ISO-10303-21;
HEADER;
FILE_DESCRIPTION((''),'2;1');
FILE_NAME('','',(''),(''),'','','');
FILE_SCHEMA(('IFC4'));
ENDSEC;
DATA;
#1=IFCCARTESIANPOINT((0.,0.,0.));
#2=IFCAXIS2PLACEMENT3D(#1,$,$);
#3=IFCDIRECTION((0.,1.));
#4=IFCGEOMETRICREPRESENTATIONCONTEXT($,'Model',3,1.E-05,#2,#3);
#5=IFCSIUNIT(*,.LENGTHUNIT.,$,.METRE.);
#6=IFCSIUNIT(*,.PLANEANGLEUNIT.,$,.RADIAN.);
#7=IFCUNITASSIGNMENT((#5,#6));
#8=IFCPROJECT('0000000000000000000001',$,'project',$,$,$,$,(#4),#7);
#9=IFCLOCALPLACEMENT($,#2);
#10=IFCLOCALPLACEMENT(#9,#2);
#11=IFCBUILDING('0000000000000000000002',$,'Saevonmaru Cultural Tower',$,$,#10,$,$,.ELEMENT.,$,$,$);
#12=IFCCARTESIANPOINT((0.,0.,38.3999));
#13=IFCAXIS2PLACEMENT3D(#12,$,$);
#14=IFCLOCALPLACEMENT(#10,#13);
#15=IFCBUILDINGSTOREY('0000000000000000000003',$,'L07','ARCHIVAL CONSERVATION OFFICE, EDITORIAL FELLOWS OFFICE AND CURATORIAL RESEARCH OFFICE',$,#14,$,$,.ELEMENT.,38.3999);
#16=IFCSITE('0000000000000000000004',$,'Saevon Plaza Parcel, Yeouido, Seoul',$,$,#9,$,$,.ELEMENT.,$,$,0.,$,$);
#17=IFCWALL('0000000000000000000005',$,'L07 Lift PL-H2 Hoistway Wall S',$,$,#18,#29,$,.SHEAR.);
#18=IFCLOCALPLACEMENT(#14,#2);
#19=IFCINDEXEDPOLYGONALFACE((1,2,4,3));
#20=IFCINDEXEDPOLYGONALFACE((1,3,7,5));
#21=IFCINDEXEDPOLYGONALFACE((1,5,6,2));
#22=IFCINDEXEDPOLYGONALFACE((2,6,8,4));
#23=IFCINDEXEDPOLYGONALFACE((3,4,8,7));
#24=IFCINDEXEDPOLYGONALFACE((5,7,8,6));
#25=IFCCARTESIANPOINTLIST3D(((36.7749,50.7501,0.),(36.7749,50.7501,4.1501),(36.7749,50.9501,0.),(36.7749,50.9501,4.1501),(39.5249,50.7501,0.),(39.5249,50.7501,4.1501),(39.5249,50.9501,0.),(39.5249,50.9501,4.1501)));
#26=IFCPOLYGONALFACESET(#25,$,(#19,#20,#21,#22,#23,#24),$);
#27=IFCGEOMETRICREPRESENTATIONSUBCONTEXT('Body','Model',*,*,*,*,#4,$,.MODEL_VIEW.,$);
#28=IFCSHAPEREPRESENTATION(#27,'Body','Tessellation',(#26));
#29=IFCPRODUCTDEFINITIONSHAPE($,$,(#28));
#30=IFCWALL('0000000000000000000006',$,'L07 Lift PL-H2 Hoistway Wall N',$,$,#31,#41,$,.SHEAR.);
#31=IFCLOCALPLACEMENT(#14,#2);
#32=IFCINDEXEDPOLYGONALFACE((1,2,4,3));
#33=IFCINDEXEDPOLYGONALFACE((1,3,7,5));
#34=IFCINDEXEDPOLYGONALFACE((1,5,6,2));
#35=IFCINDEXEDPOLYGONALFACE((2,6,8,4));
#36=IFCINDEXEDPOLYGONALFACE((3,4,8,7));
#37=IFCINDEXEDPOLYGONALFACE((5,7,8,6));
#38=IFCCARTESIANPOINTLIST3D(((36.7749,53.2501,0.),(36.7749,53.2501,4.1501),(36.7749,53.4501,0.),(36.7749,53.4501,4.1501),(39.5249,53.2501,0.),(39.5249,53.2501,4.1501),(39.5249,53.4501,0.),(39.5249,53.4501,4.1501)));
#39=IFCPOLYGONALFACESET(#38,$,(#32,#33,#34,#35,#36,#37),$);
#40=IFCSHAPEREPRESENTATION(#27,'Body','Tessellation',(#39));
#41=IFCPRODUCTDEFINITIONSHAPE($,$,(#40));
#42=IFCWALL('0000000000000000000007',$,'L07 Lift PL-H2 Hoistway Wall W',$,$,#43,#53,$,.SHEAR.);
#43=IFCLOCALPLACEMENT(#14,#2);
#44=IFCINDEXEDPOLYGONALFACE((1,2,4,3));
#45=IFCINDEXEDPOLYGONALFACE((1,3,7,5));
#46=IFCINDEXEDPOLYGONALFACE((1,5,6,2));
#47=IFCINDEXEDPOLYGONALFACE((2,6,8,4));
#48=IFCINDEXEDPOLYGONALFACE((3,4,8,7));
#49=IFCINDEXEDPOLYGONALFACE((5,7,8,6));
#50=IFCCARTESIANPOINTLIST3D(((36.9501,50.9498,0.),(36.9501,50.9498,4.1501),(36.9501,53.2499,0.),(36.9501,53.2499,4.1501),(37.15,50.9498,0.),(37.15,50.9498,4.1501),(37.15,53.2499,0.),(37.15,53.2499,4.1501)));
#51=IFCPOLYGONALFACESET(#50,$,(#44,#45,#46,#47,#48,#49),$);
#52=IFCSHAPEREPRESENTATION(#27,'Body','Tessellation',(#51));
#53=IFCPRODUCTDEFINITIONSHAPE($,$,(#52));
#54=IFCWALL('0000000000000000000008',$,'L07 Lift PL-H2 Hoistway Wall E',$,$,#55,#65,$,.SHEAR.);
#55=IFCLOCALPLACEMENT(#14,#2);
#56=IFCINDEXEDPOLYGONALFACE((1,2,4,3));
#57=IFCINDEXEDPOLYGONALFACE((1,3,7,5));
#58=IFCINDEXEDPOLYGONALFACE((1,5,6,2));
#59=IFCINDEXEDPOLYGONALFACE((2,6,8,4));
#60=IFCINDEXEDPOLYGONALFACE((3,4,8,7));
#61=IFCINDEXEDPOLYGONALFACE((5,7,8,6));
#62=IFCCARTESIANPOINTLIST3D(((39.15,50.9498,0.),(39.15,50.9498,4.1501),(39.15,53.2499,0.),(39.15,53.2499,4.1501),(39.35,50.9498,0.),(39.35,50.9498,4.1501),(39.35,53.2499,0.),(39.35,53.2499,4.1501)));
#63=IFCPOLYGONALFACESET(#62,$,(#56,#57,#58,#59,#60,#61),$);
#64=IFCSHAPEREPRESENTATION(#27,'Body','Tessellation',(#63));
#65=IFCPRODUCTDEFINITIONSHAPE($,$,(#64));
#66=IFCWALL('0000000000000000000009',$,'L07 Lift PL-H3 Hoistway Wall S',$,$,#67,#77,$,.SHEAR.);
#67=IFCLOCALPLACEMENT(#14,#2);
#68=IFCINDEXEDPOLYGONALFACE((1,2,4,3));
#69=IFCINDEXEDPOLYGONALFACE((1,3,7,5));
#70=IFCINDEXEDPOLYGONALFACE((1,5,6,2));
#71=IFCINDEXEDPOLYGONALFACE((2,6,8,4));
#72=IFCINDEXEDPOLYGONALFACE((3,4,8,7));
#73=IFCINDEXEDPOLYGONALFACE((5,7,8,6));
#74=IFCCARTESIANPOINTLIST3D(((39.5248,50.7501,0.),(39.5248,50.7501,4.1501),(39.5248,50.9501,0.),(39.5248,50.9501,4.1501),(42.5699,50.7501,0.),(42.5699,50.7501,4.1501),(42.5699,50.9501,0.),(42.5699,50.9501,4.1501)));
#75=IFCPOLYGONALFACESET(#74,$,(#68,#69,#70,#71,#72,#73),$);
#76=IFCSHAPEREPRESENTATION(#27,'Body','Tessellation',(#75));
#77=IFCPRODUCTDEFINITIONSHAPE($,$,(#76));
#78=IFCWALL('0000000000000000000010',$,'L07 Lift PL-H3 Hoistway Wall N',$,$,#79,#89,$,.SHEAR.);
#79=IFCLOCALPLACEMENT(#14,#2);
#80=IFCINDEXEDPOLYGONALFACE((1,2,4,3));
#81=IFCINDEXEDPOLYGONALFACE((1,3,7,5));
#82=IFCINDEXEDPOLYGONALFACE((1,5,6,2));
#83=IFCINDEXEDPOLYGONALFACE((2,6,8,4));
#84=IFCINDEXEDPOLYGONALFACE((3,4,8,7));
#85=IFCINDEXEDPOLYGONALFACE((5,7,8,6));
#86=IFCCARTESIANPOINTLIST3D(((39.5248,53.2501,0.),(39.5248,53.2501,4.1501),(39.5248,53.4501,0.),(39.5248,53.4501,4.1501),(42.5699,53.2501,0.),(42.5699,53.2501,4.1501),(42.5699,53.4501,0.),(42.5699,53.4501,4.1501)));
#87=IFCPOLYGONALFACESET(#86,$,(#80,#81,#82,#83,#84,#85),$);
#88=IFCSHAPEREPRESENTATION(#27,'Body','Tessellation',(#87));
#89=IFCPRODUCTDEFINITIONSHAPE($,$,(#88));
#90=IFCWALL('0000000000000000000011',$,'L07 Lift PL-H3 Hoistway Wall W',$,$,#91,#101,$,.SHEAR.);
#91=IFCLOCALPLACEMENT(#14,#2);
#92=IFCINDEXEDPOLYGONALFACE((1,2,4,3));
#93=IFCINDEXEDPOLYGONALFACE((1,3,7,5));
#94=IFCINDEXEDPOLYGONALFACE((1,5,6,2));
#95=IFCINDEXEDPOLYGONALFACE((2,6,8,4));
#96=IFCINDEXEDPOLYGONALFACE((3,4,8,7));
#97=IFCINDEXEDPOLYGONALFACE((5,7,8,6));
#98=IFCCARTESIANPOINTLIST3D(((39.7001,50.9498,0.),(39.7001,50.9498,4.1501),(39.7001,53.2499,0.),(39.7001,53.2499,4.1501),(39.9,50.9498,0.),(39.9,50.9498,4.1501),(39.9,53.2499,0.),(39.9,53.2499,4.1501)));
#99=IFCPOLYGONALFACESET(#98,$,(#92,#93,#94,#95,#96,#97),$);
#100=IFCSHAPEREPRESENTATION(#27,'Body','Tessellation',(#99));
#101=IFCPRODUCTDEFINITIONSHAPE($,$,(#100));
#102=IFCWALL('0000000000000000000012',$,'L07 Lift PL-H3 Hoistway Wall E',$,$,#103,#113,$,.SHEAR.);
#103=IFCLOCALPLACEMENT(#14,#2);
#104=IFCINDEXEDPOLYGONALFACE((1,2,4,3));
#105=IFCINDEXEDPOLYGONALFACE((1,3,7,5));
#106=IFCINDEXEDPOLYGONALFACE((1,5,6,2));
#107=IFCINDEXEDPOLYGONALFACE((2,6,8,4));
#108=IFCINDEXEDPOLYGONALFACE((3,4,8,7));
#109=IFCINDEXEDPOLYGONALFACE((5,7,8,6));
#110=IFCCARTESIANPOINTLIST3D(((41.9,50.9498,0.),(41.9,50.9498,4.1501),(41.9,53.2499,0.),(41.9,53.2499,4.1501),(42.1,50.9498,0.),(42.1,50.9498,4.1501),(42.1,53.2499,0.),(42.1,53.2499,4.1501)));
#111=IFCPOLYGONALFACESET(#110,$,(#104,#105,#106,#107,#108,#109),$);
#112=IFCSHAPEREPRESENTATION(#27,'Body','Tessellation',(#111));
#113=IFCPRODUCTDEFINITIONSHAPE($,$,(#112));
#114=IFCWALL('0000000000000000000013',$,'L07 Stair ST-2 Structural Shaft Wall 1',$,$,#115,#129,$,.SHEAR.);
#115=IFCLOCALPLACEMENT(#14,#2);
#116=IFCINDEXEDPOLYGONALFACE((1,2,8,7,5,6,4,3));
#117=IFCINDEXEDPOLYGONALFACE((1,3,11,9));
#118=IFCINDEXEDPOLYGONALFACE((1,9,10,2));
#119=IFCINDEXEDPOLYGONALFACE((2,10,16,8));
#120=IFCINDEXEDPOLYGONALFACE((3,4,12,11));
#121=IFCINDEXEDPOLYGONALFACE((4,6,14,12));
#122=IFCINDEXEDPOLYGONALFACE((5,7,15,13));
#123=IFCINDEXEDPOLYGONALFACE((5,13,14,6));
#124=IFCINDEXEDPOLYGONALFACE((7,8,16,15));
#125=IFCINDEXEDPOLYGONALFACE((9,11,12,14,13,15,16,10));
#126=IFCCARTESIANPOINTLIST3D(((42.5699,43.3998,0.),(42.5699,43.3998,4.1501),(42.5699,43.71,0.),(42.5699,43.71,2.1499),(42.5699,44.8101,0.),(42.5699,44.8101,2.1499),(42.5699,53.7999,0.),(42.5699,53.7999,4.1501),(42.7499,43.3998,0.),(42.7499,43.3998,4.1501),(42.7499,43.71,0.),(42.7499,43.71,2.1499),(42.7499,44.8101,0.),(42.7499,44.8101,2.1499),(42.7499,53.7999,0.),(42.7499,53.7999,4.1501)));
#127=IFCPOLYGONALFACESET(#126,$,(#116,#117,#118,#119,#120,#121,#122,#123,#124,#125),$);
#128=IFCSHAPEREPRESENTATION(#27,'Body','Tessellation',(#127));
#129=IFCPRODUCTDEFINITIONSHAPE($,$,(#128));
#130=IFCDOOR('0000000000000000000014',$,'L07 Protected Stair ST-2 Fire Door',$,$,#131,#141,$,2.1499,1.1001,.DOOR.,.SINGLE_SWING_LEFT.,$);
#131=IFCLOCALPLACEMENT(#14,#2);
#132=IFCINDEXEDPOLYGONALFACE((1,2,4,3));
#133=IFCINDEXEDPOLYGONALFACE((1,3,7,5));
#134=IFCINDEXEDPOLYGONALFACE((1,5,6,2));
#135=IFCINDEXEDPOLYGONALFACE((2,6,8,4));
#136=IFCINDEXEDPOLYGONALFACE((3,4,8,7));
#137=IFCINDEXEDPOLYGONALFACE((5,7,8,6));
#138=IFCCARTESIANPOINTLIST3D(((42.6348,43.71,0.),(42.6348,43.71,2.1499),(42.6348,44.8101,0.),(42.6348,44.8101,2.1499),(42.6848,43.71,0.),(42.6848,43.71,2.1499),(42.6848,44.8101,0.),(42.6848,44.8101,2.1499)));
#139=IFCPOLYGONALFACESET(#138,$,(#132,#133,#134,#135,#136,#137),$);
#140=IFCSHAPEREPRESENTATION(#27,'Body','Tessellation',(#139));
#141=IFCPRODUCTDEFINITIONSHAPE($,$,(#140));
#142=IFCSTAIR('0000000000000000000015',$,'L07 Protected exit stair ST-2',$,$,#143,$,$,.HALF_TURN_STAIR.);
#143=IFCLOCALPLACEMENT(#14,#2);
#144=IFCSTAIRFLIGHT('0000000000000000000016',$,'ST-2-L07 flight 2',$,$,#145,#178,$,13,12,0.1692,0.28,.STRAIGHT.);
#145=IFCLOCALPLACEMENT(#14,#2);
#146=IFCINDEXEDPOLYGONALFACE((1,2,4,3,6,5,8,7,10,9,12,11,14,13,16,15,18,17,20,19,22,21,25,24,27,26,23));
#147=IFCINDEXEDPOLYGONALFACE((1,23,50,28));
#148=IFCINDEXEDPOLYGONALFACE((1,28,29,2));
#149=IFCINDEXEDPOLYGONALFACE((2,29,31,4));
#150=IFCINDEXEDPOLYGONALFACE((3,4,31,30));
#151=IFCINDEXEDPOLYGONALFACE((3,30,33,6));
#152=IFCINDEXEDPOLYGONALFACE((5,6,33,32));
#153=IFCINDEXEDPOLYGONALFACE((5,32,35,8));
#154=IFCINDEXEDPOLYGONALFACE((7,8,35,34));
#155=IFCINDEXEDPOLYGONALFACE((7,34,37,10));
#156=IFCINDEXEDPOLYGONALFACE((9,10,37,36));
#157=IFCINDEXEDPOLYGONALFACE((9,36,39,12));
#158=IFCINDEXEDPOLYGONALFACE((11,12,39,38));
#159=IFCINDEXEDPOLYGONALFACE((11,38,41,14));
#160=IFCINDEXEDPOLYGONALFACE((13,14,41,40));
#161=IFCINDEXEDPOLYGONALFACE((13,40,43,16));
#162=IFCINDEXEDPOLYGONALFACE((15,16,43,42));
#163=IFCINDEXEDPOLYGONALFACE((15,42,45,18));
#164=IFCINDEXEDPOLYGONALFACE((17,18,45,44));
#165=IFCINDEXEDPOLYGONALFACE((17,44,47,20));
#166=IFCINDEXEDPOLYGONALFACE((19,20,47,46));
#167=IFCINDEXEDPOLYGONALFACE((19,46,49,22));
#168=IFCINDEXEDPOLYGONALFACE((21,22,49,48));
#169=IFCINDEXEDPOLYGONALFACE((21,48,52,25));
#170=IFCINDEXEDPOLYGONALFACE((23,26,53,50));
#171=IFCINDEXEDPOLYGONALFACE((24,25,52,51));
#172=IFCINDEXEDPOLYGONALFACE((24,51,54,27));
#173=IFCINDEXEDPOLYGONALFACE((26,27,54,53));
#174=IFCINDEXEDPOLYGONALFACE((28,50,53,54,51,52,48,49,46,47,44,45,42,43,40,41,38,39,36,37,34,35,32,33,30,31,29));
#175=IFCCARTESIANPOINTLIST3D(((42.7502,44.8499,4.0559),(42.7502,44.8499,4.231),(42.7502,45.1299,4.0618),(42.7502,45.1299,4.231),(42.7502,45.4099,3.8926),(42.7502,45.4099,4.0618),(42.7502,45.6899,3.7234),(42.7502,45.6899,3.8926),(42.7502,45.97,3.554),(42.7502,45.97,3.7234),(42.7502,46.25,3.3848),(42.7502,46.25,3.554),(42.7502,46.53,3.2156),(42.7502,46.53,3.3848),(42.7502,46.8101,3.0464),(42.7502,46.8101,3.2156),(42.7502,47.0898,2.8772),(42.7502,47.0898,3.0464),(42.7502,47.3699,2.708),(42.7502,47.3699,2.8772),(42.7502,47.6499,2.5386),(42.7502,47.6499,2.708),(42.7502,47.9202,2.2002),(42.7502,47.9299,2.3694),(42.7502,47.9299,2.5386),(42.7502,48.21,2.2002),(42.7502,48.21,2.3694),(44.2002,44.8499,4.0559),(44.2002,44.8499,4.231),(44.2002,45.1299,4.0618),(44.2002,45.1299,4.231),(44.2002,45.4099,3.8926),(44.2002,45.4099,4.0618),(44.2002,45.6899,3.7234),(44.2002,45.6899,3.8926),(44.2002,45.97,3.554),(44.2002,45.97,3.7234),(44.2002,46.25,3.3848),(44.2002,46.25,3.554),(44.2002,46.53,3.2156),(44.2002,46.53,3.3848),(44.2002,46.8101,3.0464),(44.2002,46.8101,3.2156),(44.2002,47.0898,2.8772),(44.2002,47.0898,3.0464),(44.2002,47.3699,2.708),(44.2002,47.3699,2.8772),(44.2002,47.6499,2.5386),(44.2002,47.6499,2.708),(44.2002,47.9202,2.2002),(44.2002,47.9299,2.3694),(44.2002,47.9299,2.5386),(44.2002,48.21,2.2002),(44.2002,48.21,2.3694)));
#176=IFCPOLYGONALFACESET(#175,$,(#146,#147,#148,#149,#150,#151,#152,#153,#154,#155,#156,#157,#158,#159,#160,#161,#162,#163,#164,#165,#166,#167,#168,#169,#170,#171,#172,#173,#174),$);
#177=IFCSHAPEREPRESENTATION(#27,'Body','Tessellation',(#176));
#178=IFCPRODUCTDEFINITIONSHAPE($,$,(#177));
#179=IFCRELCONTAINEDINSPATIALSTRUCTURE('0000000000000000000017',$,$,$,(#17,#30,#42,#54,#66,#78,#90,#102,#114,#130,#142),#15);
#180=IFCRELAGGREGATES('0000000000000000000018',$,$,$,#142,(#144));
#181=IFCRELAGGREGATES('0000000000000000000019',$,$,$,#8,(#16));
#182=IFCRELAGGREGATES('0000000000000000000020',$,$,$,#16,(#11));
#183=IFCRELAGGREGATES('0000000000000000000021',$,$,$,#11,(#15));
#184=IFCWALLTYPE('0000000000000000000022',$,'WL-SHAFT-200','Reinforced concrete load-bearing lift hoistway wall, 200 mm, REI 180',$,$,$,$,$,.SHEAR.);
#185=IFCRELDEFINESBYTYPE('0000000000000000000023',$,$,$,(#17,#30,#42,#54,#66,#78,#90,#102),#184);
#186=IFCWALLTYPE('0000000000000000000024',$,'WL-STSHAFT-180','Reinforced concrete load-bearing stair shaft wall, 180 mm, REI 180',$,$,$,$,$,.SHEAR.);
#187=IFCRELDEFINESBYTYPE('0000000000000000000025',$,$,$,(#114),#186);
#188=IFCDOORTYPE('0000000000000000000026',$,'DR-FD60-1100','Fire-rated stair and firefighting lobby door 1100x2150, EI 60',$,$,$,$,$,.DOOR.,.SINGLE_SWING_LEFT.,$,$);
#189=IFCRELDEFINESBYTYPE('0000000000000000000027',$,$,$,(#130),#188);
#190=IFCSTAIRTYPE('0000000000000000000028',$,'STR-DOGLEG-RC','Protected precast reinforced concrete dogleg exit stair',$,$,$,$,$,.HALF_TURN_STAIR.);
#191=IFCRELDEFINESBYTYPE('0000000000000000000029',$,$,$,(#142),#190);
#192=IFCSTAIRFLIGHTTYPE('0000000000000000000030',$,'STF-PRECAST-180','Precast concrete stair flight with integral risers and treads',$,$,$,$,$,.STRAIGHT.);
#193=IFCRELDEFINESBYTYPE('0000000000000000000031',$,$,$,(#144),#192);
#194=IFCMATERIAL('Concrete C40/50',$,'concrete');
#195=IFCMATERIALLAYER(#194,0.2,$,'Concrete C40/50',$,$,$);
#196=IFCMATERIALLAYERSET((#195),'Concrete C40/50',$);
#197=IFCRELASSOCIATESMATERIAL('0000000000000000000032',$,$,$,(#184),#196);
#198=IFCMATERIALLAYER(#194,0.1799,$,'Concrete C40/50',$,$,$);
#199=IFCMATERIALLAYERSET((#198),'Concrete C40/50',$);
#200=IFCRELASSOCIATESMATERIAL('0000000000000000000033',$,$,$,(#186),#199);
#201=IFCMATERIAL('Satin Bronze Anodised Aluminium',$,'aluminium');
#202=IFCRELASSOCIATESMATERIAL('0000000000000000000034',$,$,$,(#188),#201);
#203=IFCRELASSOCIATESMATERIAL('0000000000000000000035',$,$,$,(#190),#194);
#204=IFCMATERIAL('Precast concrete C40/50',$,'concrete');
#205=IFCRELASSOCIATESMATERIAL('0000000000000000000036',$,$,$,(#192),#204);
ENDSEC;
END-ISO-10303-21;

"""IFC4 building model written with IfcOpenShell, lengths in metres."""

from ifc_helpers import new_model, si_unit, direction, frame, frame_2d, origin, place, context, subcontext, project, spatial, polyline, rectangle, outline, extrude, material, layer, layer_set, type_object, element, fill, aggregate, save


model = new_model("IFC4")

# Units and contexts
model_context = context("Model", 3, precision=1e-05, world=origin(), true_north=direction((0.0, 1.0)))
body_context = subcontext(model_context, "Body", "Model", "MODEL_VIEW")
ifc_project = project(units=[si_unit("LENGTHUNIT", "METRE"), si_unit("PLANEANGLEUNIT", "RADIAN")], contexts=[model_context])

# Site, building, storey
site_placement = place(None, origin())
site = spatial("IfcSite", under=ifc_project, at=site_placement, Name="Saevon Plaza Parcel, Yeouido, Seoul", CompositionType="ELEMENT", RefElevation=0.0)
building_placement = place(site_placement, origin())
building = spatial("IfcBuilding", under=site, at=building_placement, Name="Saevonmaru Cultural Tower", CompositionType="ELEMENT")
storey_placement = place(building_placement, frame((0.0, 0.0, 38.3999)))
storey = spatial("IfcBuildingStorey", under=building, at=storey_placement, Name="L07", Description="ARCHIVAL CONSERVATION OFFICE, EDITORIAL FELLOWS OFFICE AND CURATORIAL RESEARCH OFFICE", CompositionType="ELEMENT", Elevation=38.3999)

# Shared definitions
ifc_material_1 = material(Name="Satin Bronze Anodised Aluminium", Category="aluminium")

# Shared definitions
ifc_material_2 = material(Name="Concrete C40/50", Category="concrete")
ifc_layer_1 = layer(ifc_material_2, 0.2, Name="Concrete C40/50")
ifc_layer_set_1 = layer_set([ifc_layer_1], Name="Concrete C40/50")
wall_type_1 = type_object("IfcWallType", Name="WL-SHAFT-200", Description="Reinforced concrete load-bearing lift hoistway wall, 200 mm, REI 180", PredefinedType="SHEAR", material=ifc_layer_set_1)

# Walls
for number, where, z_axis, x_axis, name in (
    (1, (36.7749, 50.8501, 0.0), (0.0, 0.0, 1.0), (1.0, 0.0, 0.0), "L07 Lift PL-H2 Hoistway Wall S"),
    (2, (36.7749, 53.3501, 0.0), (0.0, 0.0, 1.0), (1.0, 0.0, 0.0), "L07 Lift PL-H2 Hoistway Wall N"),
):
    element("IfcWall", number, at=place(storey_placement, frame(where, z_axis=z_axis, x_axis=x_axis)), inside=storey, type_object=wall_type_1, Name=name, PredefinedType="SHEAR", context=body_context, shape_type="SweptSolid", body=[
        extrude(rectangle(XDim=2.75, YDim=0.2, at=frame_2d((1.375, 0.0))), origin(), (0.0, 0.0, 1.0), 4.1501),
    ])
for number, where, z_axis, x_axis, name in (
    (3, (37.05, 50.95, 0.0), (0.0, 0.0, 1.0), (0.0, 1.0, 0.0), "L07 Lift PL-H2 Hoistway Wall W"),
    (4, (39.25, 50.95, 0.0), (0.0, 0.0, 1.0), (0.0, 1.0, 0.0), "L07 Lift PL-H2 Hoistway Wall E"),
):
    element("IfcWall", number, at=place(storey_placement, frame(where, z_axis=z_axis, x_axis=x_axis)), inside=storey, type_object=wall_type_1, Name=name, PredefinedType="SHEAR", context=body_context, shape_type="SweptSolid", body=[
        extrude(rectangle(XDim=2.3, YDim=0.2, at=frame_2d((1.1499, 0.0))), origin(), (0.0, 0.0, 1.0), 4.1501),
    ])
for number, where, z_axis, x_axis, name in (
    (5, (39.5249, 50.8501, 0.0), (0.0, 0.0, 1.0), (1.0, 0.0, 0.0), "L07 Lift PL-H3 Hoistway Wall S"),
    (6, (39.5249, 53.3501, 0.0), (0.0, 0.0, 1.0), (1.0, 0.0, 0.0), "L07 Lift PL-H3 Hoistway Wall N"),
):
    element("IfcWall", number, at=place(storey_placement, frame(where, z_axis=z_axis, x_axis=x_axis)), inside=storey, type_object=wall_type_1, Name=name, PredefinedType="SHEAR", context=body_context, shape_type="SweptSolid", body=[
        extrude(rectangle(XDim=3.0452, YDim=0.2, at=frame_2d((1.5225, 0.0))), origin(), (0.0, 0.0, 1.0), 4.1501),
    ])
for number, where, z_axis, x_axis, name in (
    (7, (39.8, 50.95, 0.0), (0.0, 0.0, 1.0), (0.0, 1.0, 0.0), "L07 Lift PL-H3 Hoistway Wall W"),
    (8, (42.0, 50.95, 0.0), (0.0, 0.0, 1.0), (0.0, 1.0, 0.0), "L07 Lift PL-H3 Hoistway Wall E"),
):
    element("IfcWall", number, at=place(storey_placement, frame(where, z_axis=z_axis, x_axis=x_axis)), inside=storey, type_object=wall_type_1, Name=name, PredefinedType="SHEAR", context=body_context, shape_type="SweptSolid", body=[
        extrude(rectangle(XDim=2.3, YDim=0.2, at=frame_2d((1.1499, 0.0))), origin(), (0.0, 0.0, 1.0), 4.1501),
    ])

# Wall, opening, door
ifc_layer_2 = layer(ifc_material_2, 0.1799, Name="Concrete C40/50")
ifc_layer_set_2 = layer_set([ifc_layer_2], Name="Concrete C40/50")
wall_type_2 = type_object("IfcWallType", Name="WL-STSHAFT-180", Description="Reinforced concrete load-bearing stair shaft wall, 180 mm, REI 180", PredefinedType="SHEAR", material=ifc_layer_set_2)
wall_1_placement = place(storey_placement, frame((42.6599, 53.8, 0.0), z_axis=(0.0, 0.0, 1.0), x_axis=(0.0, -1.0, 0.0)))
wall_1 = element("IfcWall", 9, at=wall_1_placement, inside=storey, type_object=wall_type_2, Name="L07 Stair ST-2 Structural Shaft Wall 1", PredefinedType="SHEAR", context=body_context, shape_type="SweptSolid", body=[
    extrude(rectangle(XDim=10.4001, YDim=0.1799, at=frame_2d((5.2002, 0.0))), origin(), (0.0, 0.0, 1.0), 4.1501),
])
opening_1_placement = place(wall_1_placement, frame((8.99, 0.0, 0.0)))
opening_1 = element("IfcOpeningElement", 10, at=opening_1_placement, cuts=wall_1, PredefinedType="OPENING", context=body_context, shape_type="SweptSolid", body=[
    extrude(rectangle(XDim=1.1001, YDim=2.1499, at=frame_2d((0.55, 1.075))), frame((0.0, 0.1001, 0.0), z_axis=(0.0, -1.0, 0.0), x_axis=(1.0, 0.0, 0.0)), (0.0, 0.0, 1.0), 0.2),
])
door_type_1 = type_object("IfcDoorType", Name="DR-FD60-1100", Description="Fire-rated stair and firefighting lobby door 1100x2150, EI 60", OperationType="SINGLE_SWING_LEFT", PredefinedType="DOOR", material=ifc_material_1)
door_1_placement = place(opening_1_placement, origin())
door_1 = element("IfcDoor", 11, at=door_1_placement, inside=storey, type_object=door_type_1, Name="L07 Protected Stair ST-2 Fire Door", OperationType="SINGLE_SWING_LEFT", OverallHeight=2.1499, OverallWidth=1.1001, PredefinedType="DOOR", context=body_context, shape_type="SweptSolid", body=[
    extrude(rectangle(XDim=1.1001, YDim=2.1499, at=frame_2d((0.55, 1.075))), frame((0.0, 0.0249, 0.0), z_axis=(0.0, -1.0, 0.0), x_axis=(1.0, 0.0, 0.0)), (0.0, 0.0, 1.0), 0.05),
])
fill(opening_1, door_1)

# Stair, stair flight
stair_type = type_object("IfcStairType", Name="STR-DOGLEG-RC", Description="Protected precast reinforced concrete dogleg exit stair", PredefinedType="HALF_TURN_STAIR", material=ifc_material_2)
stair_placement = place(storey_placement, origin())
stair = element("IfcStair", 12, at=stair_placement, inside=storey, type_object=stair_type, Name="L07 Protected exit stair ST-2", PredefinedType="HALF_TURN_STAIR")
ifc_material_3 = material(Name="Precast concrete C40/50", Category="concrete")
stair_flight_type = type_object("IfcStairFlightType", Name="STF-PRECAST-180", Description="Precast concrete stair flight with integral risers and treads", PredefinedType="STRAIGHT", material=ifc_material_3)
stair_flight_placement = place(storey_placement, frame((43.4751, 48.21, 2.2002), z_axis=(0.0, 0.0, 1.0), x_axis=(0.0, -1.0, 0.0)))
stair_flight = element("IfcStairFlight", 13, at=stair_flight_placement, type_object=stair_flight_type, Name="ST-2-L07 flight 2", NumberOfRisers=13, NumberOfTreads=12, PredefinedType="STRAIGHT", RiserHeight=0.1692, TreadLength=0.28, context=body_context, shape_type="SweptSolid", body=[
    extrude(outline(polyline([(0.0, 0.0), (0.0, 0.1692), (0.28, 0.1692), (0.28, 0.3384), (0.5601, 0.3384), (0.5601, 0.5078), (0.8401, 0.5078), (0.8401, 0.677), (1.1201, 0.677), (1.1201, 0.8462), (1.3999, 0.8462), (1.3999, 1.0154), (1.6799, 1.0154), (1.6799, 1.1846), (1.96, 1.1846), (1.96, 1.3538), (2.24, 1.3538), (2.24, 1.5232), (2.52, 1.5232), (2.52, 1.6924), (2.8, 1.6924), (2.8, 1.8616), (3.0801, 1.8616), (3.0801, 2.0308), (3.3601, 2.0308), (3.3601, 2.2), (3.3601, 1.8557), (0.2898, 0.0), (0.0, 0.0)])), frame((0.0, 0.7251, 0.0), z_axis=(0.0, -1.0, 0.0), x_axis=(1.0, 0.0, 0.0)), (0.0, 0.0, 1.0), 1.45),
])
aggregate(stair, [stair_flight])

save(model, "model.ifc")
